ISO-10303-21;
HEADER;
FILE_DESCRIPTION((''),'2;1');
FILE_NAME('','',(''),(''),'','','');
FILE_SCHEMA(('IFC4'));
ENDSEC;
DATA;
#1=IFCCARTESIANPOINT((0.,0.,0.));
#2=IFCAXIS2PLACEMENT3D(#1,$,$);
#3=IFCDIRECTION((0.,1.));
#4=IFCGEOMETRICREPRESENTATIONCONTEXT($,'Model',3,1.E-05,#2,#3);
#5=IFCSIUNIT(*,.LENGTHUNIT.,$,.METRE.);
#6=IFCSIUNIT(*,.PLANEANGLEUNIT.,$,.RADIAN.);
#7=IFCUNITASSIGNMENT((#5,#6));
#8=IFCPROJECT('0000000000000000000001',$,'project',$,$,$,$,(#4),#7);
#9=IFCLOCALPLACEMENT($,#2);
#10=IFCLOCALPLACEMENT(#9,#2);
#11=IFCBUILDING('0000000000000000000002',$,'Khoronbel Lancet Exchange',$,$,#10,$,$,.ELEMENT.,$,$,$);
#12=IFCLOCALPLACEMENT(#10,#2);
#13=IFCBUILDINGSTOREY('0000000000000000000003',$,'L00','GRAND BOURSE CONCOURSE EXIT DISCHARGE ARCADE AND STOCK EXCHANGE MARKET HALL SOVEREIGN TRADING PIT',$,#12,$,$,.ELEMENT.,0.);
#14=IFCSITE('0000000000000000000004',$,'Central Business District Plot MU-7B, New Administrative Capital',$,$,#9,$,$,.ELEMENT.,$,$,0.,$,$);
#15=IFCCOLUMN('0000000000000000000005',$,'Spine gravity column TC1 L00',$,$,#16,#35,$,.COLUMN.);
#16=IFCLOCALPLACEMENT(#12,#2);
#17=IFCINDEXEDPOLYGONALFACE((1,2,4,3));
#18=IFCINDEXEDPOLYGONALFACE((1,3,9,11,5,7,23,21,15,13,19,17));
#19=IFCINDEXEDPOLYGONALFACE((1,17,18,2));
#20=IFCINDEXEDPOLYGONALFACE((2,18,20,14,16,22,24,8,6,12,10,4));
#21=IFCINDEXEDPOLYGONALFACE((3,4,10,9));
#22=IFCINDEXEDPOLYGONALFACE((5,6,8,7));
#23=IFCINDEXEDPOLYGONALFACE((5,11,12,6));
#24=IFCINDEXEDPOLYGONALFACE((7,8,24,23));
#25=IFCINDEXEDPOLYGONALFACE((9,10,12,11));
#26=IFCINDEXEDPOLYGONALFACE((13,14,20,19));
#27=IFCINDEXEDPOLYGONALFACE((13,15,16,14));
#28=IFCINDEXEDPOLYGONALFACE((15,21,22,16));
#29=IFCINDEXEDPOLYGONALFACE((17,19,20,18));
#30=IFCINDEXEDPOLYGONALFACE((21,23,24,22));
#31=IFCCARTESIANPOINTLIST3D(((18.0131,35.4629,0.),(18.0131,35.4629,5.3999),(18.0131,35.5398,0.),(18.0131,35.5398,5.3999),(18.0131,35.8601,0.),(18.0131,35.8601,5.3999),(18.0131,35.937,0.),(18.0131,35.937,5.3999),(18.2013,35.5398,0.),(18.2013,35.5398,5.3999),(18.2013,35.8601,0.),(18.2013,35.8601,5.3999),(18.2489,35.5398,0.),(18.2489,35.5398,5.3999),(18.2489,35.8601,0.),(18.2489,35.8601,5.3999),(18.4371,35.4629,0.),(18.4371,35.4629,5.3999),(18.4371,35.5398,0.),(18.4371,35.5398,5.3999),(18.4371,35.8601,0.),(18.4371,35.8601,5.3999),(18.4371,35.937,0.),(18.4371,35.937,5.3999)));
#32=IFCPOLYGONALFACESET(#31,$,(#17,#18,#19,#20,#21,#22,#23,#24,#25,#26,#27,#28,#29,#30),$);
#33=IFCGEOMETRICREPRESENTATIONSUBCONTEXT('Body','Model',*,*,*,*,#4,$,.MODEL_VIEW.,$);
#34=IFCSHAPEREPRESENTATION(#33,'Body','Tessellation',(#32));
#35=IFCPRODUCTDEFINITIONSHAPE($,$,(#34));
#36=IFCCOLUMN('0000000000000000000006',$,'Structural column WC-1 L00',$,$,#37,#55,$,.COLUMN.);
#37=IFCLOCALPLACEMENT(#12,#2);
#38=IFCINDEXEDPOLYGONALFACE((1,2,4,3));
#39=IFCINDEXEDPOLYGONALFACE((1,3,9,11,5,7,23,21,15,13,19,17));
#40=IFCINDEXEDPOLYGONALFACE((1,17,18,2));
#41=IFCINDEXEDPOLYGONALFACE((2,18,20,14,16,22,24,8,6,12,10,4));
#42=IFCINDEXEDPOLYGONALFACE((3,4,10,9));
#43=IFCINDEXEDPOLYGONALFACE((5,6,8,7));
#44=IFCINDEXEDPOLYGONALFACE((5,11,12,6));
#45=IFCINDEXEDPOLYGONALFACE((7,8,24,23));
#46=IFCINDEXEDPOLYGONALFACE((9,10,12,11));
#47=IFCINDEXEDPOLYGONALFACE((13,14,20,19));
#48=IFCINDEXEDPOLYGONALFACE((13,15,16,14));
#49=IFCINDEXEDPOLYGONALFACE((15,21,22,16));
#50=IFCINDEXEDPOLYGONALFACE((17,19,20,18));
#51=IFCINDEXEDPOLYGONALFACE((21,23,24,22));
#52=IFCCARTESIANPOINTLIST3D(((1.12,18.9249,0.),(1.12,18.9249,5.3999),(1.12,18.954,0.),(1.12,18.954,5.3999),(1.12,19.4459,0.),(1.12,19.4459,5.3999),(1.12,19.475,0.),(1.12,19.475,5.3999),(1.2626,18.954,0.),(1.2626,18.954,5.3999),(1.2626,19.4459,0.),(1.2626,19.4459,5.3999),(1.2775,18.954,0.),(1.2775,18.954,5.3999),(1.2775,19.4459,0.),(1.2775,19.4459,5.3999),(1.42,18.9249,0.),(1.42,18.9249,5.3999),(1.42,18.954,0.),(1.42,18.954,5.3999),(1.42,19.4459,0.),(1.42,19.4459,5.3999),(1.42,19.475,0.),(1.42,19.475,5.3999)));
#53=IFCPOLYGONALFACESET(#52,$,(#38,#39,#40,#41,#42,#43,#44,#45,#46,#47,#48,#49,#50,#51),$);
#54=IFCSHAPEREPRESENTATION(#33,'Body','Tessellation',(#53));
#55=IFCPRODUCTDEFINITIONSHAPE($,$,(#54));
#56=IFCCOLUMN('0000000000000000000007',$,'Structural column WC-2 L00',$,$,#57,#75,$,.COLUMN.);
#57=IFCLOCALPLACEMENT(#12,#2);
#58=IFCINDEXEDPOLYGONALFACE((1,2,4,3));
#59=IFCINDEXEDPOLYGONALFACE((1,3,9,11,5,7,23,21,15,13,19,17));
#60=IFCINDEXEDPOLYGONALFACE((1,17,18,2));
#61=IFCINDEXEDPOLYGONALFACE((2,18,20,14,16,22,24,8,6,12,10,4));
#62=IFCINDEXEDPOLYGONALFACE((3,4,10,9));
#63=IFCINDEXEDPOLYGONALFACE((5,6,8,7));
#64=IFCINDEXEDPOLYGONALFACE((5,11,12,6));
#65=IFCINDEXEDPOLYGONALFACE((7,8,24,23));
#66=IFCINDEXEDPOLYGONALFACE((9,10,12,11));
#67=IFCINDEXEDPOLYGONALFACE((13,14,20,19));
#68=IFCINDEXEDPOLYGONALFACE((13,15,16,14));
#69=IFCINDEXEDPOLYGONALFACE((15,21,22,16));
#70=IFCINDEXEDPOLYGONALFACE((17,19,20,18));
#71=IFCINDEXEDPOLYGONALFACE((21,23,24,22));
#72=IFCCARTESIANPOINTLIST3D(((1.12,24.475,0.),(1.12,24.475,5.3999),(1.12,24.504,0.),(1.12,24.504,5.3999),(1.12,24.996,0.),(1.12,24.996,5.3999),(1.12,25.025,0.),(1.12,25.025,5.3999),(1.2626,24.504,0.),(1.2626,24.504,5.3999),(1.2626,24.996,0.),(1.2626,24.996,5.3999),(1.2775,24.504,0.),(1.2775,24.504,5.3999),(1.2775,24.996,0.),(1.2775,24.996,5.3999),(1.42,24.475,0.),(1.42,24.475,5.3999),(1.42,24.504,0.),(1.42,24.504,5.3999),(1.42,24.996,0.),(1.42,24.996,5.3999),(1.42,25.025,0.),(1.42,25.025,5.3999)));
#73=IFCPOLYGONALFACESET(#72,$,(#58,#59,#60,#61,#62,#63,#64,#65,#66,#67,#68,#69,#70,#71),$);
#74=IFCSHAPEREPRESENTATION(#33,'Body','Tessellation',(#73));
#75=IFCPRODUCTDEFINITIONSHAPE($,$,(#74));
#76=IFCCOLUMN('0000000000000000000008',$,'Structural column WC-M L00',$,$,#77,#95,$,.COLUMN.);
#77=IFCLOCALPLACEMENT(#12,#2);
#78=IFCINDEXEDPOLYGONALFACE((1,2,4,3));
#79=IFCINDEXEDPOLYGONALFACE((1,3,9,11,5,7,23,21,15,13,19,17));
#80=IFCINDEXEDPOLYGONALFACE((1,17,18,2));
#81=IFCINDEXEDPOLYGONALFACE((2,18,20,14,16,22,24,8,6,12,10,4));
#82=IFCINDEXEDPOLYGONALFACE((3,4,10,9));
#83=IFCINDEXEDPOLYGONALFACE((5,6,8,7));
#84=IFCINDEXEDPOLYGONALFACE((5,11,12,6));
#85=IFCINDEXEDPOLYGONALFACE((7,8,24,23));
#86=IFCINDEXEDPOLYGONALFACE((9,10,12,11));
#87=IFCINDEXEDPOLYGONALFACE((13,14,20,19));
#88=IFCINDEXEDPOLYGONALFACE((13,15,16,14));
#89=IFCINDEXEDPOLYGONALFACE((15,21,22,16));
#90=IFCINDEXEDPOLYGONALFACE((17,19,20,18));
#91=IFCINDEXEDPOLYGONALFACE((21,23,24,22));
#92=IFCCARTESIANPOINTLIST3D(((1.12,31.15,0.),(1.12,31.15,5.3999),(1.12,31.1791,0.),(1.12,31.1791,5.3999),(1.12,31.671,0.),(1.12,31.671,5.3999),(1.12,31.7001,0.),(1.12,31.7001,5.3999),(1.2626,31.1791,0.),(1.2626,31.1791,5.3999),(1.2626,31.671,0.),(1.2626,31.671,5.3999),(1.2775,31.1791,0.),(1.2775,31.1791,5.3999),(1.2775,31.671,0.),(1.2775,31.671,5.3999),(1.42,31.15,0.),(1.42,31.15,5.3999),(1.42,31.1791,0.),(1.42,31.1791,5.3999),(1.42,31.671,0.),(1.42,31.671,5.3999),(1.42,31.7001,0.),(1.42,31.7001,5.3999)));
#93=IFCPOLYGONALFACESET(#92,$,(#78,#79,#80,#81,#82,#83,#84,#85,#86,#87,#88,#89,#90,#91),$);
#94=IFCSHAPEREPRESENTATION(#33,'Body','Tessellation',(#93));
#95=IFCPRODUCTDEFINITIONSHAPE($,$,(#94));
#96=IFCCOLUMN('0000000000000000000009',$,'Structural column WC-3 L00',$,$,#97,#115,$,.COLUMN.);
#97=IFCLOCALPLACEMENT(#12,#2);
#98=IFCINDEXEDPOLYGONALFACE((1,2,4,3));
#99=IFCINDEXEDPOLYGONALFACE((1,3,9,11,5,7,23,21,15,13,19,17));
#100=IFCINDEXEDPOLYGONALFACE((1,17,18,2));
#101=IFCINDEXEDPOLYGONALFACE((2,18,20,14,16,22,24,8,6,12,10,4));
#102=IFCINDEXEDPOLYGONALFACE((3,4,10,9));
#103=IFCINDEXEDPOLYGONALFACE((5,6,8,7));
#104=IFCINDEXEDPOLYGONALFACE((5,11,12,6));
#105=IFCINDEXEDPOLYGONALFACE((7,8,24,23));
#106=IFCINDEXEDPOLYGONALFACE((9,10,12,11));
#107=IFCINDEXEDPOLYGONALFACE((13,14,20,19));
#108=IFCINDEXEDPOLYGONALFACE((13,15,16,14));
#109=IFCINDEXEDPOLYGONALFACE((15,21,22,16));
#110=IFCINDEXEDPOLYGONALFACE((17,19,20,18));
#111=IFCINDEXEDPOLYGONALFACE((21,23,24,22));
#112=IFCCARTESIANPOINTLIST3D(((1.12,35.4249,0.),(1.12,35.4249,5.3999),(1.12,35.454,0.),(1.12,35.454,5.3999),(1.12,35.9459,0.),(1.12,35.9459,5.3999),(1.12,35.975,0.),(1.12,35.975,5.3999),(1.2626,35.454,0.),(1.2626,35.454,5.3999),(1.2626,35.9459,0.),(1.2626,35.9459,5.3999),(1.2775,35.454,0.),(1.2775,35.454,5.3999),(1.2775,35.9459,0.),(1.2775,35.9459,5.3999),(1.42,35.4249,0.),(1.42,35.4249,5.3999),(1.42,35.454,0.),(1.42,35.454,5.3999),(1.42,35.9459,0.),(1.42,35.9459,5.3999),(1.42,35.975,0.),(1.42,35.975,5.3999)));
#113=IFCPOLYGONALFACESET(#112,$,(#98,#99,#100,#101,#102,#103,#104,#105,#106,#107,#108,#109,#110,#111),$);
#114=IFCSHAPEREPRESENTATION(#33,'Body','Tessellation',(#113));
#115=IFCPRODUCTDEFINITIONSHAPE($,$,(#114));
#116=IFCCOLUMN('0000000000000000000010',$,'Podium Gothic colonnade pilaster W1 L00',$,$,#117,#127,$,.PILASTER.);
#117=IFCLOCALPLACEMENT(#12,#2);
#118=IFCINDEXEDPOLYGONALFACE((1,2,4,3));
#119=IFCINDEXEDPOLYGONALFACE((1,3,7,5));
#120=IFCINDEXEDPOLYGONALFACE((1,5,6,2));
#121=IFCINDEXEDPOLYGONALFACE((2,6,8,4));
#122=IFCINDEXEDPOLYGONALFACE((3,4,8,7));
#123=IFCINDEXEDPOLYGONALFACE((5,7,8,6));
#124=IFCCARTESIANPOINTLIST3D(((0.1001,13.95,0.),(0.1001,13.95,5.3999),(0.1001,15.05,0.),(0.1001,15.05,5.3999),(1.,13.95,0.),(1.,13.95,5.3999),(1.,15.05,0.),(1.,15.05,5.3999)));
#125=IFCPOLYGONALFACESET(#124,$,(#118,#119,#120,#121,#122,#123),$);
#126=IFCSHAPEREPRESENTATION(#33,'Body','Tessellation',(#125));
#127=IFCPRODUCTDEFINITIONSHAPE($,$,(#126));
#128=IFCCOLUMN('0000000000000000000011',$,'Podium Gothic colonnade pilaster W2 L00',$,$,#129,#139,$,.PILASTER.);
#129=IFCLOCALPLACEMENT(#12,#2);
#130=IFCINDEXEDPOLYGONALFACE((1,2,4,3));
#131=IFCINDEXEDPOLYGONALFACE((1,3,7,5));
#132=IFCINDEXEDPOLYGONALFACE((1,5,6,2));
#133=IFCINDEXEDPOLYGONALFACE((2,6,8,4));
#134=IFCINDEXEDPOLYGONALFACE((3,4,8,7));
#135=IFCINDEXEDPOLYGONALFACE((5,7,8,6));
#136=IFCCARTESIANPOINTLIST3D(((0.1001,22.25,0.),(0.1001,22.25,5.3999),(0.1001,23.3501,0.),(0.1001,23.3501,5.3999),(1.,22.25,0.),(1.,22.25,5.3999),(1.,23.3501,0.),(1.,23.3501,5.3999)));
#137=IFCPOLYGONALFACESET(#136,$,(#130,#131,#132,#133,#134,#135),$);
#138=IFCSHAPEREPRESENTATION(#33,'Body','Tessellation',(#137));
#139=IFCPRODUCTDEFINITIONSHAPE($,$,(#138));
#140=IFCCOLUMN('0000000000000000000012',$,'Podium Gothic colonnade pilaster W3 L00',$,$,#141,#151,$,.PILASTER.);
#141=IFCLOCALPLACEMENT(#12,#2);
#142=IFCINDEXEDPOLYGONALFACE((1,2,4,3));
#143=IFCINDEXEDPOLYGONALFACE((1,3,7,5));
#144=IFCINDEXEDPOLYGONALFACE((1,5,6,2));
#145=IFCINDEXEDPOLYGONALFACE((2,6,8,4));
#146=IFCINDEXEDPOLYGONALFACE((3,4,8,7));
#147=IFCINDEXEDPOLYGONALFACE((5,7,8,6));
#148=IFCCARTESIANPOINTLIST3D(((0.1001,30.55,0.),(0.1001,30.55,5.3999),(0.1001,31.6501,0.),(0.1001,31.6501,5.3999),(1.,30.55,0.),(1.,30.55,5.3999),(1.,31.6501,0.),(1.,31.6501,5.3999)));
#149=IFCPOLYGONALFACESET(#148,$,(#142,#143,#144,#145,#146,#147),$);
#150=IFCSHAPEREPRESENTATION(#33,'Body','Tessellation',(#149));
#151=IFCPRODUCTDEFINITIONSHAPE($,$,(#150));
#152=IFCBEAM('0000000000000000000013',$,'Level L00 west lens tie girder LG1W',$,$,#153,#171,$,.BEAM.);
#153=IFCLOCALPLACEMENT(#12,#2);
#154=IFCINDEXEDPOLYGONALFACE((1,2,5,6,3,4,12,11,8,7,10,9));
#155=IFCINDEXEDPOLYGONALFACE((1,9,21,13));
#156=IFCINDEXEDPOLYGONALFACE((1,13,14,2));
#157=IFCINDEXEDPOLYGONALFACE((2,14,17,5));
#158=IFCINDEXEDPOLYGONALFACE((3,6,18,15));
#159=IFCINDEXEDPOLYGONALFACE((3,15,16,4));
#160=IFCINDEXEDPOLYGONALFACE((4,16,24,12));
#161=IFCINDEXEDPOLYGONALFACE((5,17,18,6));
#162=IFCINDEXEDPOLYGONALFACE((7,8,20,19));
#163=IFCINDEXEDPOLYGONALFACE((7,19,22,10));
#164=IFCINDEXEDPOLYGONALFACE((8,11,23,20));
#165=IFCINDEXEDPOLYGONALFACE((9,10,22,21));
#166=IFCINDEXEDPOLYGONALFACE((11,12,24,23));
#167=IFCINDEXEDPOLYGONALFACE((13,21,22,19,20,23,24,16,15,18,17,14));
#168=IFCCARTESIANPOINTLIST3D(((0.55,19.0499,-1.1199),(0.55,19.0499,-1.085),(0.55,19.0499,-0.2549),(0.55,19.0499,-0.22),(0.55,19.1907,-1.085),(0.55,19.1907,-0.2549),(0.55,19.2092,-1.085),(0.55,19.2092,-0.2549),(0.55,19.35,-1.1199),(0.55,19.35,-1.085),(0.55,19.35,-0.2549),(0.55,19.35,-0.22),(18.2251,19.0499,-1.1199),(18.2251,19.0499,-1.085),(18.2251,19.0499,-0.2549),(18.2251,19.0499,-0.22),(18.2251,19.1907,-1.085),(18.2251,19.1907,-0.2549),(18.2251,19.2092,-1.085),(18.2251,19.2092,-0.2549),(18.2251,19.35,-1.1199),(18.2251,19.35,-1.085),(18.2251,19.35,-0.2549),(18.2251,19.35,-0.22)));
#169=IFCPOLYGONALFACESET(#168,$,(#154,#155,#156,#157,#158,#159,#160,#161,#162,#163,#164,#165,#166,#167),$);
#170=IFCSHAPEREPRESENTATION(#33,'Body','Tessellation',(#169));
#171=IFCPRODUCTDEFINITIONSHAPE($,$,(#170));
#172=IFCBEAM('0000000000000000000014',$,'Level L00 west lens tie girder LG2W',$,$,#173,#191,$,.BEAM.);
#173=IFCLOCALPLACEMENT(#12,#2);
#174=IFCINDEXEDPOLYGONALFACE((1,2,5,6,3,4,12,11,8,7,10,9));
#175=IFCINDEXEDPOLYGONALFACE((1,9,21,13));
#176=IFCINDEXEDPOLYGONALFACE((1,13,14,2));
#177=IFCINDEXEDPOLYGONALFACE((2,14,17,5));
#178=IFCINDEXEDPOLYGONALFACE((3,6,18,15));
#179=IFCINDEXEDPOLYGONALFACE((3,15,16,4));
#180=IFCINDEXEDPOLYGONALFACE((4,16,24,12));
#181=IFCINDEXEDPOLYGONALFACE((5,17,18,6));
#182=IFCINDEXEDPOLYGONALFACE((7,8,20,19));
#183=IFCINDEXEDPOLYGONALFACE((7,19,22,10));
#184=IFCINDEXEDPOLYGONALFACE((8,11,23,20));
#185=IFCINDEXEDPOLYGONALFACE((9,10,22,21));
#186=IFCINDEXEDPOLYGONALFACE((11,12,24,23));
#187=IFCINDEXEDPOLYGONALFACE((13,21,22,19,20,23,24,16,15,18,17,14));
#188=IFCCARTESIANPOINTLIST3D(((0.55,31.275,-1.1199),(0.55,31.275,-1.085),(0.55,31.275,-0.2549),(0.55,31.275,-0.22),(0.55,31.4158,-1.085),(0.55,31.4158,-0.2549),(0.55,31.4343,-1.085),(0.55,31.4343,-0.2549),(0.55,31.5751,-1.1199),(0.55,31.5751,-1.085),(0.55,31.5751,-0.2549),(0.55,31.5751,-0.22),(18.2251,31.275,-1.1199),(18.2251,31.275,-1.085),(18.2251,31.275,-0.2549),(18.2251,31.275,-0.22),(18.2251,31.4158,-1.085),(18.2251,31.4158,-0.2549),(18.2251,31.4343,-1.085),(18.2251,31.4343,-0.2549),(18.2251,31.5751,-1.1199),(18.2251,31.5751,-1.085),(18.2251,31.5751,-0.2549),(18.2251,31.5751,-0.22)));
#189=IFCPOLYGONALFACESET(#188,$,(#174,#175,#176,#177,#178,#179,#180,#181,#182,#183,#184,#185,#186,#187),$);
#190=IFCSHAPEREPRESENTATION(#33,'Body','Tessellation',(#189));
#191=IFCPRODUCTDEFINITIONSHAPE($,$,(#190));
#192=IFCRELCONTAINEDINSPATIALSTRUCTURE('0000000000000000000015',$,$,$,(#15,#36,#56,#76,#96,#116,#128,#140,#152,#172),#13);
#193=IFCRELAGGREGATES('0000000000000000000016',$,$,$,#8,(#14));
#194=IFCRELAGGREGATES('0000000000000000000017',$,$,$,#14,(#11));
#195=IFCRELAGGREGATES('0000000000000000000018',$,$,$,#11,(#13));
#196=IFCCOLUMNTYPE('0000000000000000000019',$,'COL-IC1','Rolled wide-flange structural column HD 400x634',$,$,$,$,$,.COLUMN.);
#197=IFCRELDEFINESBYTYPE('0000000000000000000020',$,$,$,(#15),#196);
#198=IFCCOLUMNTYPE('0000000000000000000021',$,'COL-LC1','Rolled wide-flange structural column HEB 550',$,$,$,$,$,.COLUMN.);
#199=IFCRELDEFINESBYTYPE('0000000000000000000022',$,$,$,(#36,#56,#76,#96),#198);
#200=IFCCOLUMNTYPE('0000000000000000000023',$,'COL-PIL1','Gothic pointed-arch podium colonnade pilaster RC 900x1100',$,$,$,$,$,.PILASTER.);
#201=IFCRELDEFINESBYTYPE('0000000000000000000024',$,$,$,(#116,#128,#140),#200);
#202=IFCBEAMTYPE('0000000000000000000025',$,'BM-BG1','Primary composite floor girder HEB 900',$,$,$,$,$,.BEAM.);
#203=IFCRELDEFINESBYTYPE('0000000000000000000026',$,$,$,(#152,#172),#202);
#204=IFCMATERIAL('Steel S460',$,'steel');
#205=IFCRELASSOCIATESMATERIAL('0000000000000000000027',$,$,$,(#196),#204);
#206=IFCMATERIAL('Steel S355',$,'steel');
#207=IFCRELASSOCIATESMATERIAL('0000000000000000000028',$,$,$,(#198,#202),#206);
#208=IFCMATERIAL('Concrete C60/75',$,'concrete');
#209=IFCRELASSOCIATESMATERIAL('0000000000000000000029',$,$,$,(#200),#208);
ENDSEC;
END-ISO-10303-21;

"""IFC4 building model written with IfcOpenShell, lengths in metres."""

from ifc_helpers import new_model, si_unit, direction, frame, origin, origin_2d, place, context, subcontext, project, spatial, rectangle, i_section, extrude, material, material_profile, profile_set, type_object, element, save


model = new_model("IFC4")

# Units and contexts
model_context = context("Model", 3, precision=1e-05, world=origin(), true_north=direction((0.0, 1.0)))
body_context = subcontext(model_context, "Body", "Model", "MODEL_VIEW")
ifc_project = project(units=[si_unit("LENGTHUNIT", "METRE"), si_unit("PLANEANGLEUNIT", "RADIAN")], contexts=[model_context])

# Site, building, storey
site_placement = place(None, origin())
site = spatial("IfcSite", under=ifc_project, at=site_placement, Name="Central Business District Plot MU-7B, New Administrative Capital", CompositionType="ELEMENT", RefElevation=0.0)
building_placement = place(site_placement, origin())
building = spatial("IfcBuilding", under=site, at=building_placement, Name="Khoronbel Lancet Exchange", CompositionType="ELEMENT")
storey_placement = place(building_placement, origin())
storey = spatial("IfcBuildingStorey", under=building, at=storey_placement, Name="L00", Description="GRAND BOURSE CONCOURSE EXIT DISCHARGE ARCADE AND STOCK EXCHANGE MARKET HALL SOVEREIGN TRADING PIT", CompositionType="ELEMENT", Elevation=0.0)

# Columns
ifc_material_1 = material(Name="Steel S460", Category="steel")
ifc_material_profile_1 = material_profile(ifc_material_1, i_section(OverallWidth=0.4241, OverallDepth=0.4741, WebThickness=0.0476, FlangeThickness=0.0769, at=origin_2d()), Name="HD 400x634")
ifc_profile_set_1 = profile_set([ifc_material_profile_1], Name="Steel S460")
column_type_1 = type_object("IfcColumnType", Name="COL-IC1", Description="Rolled wide-flange structural column HD 400x634", PredefinedType="COLUMN", material=ifc_profile_set_1)
column_placement = place(storey_placement, frame((18.2251, 35.7, 0.0), z_axis=(0.0, 0.0, 1.0), x_axis=(1.0, 0.0, 0.0)))
element("IfcColumn", 1, at=column_placement, inside=storey, type_object=column_type_1, Name="Spine gravity column TC1 L00", PredefinedType="COLUMN", context=body_context, shape_type="SweptSolid", body=[
    extrude(i_section(OverallWidth=0.4241, OverallDepth=0.4741, WebThickness=0.0476, FlangeThickness=0.0769, at=origin_2d()), origin(), (0.0, 0.0, 1.0), 5.3999),
])
ifc_material_2 = material(Name="Steel S355", Category="steel")
ifc_material_profile_2 = material_profile(ifc_material_2, i_section(OverallWidth=0.3, OverallDepth=0.55, WebThickness=0.0149, FlangeThickness=0.0291, at=origin_2d()), Name="HEB 550")
ifc_profile_set_2 = profile_set([ifc_material_profile_2], Name="Steel S355")
column_type_2 = type_object("IfcColumnType", Name="COL-LC1", Description="Rolled wide-flange structural column HEB 550", PredefinedType="COLUMN", material=ifc_profile_set_2)
for number, where, z_axis, x_axis, name in (
    (2, (1.27, 19.2, 0.0), (0.0, 0.0, 1.0), (1.0, 0.0, 0.0), "Structural column WC-1 L00"),
    (3, (1.27, 24.75, 0.0), (0.0, 0.0, 1.0), (1.0, 0.0, 0.0), "Structural column WC-2 L00"),
    (4, (1.27, 31.425, 0.0), (0.0, 0.0, 1.0), (1.0, 0.0, 0.0), "Structural column WC-M L00"),
    (5, (1.27, 35.7, 0.0), (0.0, 0.0, 1.0), (1.0, 0.0, 0.0), "Structural column WC-3 L00"),
):
    element("IfcColumn", number, at=place(storey_placement, frame(where, z_axis=z_axis, x_axis=x_axis)), inside=storey, type_object=column_type_2, Name=name, PredefinedType="COLUMN", context=body_context, shape_type="SweptSolid", body=[
        extrude(i_section(OverallWidth=0.3, OverallDepth=0.55, WebThickness=0.0149, FlangeThickness=0.0291, at=origin_2d()), origin(), (0.0, 0.0, 1.0), 5.3999),
    ])
ifc_material_3 = material(Name="Concrete C60/75", Category="concrete")
ifc_material_profile_3 = material_profile(ifc_material_3, rectangle(XDim=0.8999, YDim=1.1001, at=origin_2d()), Name="RC 900x1100")
ifc_profile_set_3 = profile_set([ifc_material_profile_3], Name="Concrete C60/75")
column_type_3 = type_object("IfcColumnType", Name="COL-PIL1", Description="Gothic pointed-arch podium colonnade pilaster RC 900x1100", PredefinedType="PILASTER", material=ifc_profile_set_3)
for number, where, z_axis, x_axis, name in (
    (6, (0.55, 14.5, 0.0), (0.0, 0.0, 1.0), (1.0, 0.0, 0.0), "Podium Gothic colonnade pilaster W1 L00"),
    (7, (0.55, 22.8, 0.0), (0.0, 0.0, 1.0), (1.0, 0.0, 0.0), "Podium Gothic colonnade pilaster W2 L00"),
    (8, (0.55, 31.1001, 0.0), (0.0, 0.0, 1.0), (1.0, 0.0, 0.0), "Podium Gothic colonnade pilaster W3 L00"),
):
    element("IfcColumn", number, at=place(storey_placement, frame(where, z_axis=z_axis, x_axis=x_axis)), inside=storey, type_object=column_type_3, Name=name, PredefinedType="PILASTER", context=body_context, shape_type="SweptSolid", body=[
        extrude(rectangle(XDim=0.8999, YDim=1.1001, at=origin_2d()), origin(), (0.0, 0.0, 1.0), 5.3999),
    ])

# Beams
ifc_material_profile_4 = material_profile(ifc_material_2, i_section(OverallWidth=0.3, OverallDepth=0.8999, WebThickness=0.0186, FlangeThickness=0.0349, at=origin_2d()), Name="HEB 900")
ifc_profile_set_4 = profile_set([ifc_material_profile_4], Name="Steel S355")
beam_type_1 = type_object("IfcBeamType", Name="BM-BG1", Description="Primary composite floor girder HEB 900", PredefinedType="BEAM", material=ifc_profile_set_4)
for number, where, z_axis, x_axis, name in (
    (9, (0.55, 19.2, -0.6699), (1.0, 0.0, 0.0), (0.0, 1.0, 0.0), "Level L00 west lens tie girder LG1W"),
    (10, (0.55, 31.425, -0.6699), (1.0, 0.0, 0.0), (0.0, 1.0, 0.0), "Level L00 west lens tie girder LG2W"),
):
    element("IfcBeam", number, at=place(storey_placement, frame(where, z_axis=z_axis, x_axis=x_axis)), inside=storey, type_object=beam_type_1, Name=name, PredefinedType="BEAM", context=body_context, shape_type="SweptSolid", body=[
        extrude(i_section(OverallWidth=0.3, OverallDepth=0.8999, WebThickness=0.0186, FlangeThickness=0.0349, at=origin_2d()), origin(), (0.0, 0.0, 1.0), 17.675),
    ])

save(model, "model.ifc")
